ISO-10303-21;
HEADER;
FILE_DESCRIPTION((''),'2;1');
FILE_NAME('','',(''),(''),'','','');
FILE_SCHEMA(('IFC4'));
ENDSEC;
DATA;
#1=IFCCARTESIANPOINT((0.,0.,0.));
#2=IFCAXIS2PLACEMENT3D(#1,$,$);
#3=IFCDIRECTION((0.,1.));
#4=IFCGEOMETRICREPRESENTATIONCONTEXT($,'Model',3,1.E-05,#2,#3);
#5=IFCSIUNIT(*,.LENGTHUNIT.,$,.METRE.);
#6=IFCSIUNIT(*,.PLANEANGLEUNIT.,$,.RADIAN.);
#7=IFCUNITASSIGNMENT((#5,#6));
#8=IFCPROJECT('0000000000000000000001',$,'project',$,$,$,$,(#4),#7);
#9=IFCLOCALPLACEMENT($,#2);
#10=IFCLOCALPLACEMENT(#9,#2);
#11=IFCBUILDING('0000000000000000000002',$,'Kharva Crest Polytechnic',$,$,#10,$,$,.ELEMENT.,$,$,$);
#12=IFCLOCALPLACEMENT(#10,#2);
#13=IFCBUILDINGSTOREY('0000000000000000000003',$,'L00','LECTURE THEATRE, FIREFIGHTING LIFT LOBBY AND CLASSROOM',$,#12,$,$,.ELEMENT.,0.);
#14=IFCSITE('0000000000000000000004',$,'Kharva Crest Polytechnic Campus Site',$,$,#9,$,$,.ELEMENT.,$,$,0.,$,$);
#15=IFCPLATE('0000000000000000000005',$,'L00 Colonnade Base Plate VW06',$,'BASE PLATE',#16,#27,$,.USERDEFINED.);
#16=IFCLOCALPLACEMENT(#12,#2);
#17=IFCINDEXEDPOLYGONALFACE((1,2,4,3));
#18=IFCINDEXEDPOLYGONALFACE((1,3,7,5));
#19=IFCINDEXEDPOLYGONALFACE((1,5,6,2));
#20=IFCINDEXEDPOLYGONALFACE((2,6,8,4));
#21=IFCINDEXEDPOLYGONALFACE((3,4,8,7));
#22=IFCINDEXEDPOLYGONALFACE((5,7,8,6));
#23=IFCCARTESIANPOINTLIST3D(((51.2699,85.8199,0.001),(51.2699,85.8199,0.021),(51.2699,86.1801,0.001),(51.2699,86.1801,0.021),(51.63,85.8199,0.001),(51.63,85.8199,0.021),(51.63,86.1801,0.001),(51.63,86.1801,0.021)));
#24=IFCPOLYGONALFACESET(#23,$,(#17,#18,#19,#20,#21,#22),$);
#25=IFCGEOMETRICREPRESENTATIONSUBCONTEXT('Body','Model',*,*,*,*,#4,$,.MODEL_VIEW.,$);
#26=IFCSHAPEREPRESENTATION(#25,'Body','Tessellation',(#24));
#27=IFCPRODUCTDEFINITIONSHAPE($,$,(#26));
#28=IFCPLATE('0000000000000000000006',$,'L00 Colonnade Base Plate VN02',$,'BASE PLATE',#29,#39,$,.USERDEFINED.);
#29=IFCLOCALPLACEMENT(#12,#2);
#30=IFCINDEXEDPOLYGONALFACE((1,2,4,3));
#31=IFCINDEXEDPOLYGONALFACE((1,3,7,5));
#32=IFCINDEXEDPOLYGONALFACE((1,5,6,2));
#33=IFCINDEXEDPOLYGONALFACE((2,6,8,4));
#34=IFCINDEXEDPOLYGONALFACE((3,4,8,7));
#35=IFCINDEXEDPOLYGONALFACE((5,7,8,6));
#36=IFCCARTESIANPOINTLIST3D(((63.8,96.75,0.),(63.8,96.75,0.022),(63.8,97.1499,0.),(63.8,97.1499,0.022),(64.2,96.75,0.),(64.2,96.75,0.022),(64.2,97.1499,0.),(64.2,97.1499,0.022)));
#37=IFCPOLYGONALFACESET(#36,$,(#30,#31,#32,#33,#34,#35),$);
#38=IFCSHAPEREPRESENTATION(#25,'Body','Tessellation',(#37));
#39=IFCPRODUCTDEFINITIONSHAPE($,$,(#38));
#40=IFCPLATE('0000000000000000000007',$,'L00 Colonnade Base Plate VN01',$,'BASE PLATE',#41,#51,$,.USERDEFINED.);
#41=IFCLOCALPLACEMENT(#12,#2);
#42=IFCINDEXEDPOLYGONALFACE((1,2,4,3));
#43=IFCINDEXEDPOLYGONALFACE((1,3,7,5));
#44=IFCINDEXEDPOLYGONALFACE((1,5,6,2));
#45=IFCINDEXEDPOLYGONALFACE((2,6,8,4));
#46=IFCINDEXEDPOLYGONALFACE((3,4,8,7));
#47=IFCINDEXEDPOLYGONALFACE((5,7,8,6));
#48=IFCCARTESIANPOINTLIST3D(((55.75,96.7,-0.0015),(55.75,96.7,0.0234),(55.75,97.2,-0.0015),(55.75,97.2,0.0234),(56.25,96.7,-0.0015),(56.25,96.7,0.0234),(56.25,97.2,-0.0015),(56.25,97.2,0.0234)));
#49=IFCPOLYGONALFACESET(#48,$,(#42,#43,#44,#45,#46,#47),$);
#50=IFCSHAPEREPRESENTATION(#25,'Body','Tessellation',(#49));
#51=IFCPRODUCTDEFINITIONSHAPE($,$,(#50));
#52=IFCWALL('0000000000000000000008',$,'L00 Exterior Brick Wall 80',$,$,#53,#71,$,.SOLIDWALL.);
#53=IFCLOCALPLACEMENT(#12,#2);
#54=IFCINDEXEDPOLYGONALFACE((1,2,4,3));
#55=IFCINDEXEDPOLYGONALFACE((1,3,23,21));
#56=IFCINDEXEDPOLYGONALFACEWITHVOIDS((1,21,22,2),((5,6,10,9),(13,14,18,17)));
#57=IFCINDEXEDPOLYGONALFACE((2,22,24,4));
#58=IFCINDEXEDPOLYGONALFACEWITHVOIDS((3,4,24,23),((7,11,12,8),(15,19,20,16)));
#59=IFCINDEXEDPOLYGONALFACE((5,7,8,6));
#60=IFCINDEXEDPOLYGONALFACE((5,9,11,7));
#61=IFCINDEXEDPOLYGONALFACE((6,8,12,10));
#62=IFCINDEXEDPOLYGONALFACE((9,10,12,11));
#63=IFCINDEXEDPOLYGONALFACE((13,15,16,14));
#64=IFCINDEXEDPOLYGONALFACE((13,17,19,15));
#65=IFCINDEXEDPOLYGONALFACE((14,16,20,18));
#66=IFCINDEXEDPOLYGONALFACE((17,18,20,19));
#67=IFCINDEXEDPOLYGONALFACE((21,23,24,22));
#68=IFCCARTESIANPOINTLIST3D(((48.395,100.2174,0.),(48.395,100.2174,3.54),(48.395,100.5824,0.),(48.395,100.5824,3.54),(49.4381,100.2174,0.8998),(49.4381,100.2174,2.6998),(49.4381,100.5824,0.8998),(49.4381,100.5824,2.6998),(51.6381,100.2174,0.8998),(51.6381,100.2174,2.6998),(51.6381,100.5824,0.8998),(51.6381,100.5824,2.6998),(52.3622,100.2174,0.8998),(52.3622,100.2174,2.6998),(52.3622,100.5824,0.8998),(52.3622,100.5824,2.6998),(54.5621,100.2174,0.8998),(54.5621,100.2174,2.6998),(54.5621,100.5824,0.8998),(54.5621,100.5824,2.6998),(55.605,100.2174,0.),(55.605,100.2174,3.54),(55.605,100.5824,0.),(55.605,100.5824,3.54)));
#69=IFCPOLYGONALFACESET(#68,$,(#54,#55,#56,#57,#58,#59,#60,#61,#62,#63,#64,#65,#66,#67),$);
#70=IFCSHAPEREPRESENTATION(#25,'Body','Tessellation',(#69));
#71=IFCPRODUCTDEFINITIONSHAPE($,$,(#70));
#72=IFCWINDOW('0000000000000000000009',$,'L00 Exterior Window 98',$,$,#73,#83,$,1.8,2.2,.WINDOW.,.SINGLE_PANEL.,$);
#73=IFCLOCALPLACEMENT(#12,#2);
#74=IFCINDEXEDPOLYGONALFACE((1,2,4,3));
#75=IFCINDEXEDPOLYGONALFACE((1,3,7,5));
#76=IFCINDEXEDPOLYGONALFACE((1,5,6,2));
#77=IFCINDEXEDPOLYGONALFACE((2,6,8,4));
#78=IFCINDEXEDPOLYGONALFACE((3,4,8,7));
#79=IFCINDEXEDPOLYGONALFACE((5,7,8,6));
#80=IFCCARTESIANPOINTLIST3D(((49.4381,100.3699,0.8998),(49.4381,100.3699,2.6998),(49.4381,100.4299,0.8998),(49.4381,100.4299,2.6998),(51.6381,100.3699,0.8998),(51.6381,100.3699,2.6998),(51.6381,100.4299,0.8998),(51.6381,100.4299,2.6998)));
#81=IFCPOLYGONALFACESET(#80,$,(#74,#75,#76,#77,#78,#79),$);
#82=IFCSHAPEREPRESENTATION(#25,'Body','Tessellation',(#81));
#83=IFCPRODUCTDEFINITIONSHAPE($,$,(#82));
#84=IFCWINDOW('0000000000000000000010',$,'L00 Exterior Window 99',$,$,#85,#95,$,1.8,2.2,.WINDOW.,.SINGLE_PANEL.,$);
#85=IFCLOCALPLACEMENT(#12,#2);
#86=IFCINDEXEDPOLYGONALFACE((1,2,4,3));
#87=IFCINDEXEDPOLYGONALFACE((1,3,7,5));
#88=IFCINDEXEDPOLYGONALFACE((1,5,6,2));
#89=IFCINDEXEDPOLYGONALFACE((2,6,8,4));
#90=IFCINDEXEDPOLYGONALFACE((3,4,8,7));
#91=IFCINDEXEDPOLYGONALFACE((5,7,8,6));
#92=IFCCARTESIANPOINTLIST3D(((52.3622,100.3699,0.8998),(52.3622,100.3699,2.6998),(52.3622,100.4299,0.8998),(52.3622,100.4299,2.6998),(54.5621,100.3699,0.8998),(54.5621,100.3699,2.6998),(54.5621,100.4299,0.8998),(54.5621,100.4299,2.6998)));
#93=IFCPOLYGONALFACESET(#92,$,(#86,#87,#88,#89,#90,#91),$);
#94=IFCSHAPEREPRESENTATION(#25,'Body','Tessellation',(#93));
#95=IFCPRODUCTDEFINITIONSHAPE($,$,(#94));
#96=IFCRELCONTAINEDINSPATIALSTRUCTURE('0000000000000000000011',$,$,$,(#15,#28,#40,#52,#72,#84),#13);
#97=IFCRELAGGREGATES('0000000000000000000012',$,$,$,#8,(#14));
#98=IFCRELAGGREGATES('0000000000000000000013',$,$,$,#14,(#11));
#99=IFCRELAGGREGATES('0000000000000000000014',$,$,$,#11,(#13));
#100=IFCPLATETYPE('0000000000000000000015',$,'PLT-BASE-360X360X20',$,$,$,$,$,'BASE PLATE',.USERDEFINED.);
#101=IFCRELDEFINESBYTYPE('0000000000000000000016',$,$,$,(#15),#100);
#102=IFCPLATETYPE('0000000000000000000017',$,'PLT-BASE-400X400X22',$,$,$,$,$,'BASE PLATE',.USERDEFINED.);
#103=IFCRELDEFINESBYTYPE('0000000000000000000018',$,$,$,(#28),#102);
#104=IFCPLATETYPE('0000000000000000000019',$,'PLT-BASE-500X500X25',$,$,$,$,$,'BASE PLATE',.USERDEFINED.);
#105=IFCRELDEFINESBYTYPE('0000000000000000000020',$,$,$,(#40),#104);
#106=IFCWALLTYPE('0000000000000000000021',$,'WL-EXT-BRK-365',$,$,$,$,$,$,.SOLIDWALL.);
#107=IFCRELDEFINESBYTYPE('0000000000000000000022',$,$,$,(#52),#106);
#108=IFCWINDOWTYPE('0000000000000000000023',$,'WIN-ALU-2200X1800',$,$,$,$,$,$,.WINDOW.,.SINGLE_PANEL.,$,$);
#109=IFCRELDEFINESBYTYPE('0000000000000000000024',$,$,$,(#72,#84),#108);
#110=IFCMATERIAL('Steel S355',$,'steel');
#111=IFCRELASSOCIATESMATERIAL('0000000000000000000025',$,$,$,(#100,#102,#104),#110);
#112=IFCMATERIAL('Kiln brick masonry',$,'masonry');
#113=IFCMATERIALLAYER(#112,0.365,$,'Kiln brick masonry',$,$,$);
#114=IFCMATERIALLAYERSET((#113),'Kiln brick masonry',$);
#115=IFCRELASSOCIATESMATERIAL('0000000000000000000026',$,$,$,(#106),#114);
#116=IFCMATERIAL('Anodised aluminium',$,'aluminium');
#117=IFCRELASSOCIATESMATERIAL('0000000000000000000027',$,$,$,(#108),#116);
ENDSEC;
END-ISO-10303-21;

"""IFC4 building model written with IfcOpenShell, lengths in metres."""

from ifc_helpers import new_model, si_unit, direction, frame, frame_2d, origin, origin_2d, place, context, subcontext, project, spatial, rectangle, extrude, material, layer, layer_set, type_object, element, fill, save


model = new_model("IFC4")

# Units and contexts
model_context = context("Model", 3, precision=1e-05, world=origin(), true_north=direction((0.0, 1.0)))
body_context = subcontext(model_context, "Body", "Model", "MODEL_VIEW")
ifc_project = project(units=[si_unit("LENGTHUNIT", "METRE"), si_unit("PLANEANGLEUNIT", "RADIAN")], contexts=[model_context])

# Site, building, storey
site_placement = place(None, origin())
site = spatial("IfcSite", under=ifc_project, at=site_placement, Name="Kharva Crest Polytechnic Campus Site", CompositionType="ELEMENT", RefElevation=0.0)
building_placement = place(site_placement, origin())
building = spatial("IfcBuilding", under=site, at=building_placement, Name="Kharva Crest Polytechnic", CompositionType="ELEMENT")
storey_placement = place(building_placement, origin())
storey = spatial("IfcBuildingStorey", under=building, at=storey_placement, Name="L00", Description="LECTURE THEATRE, FIREFIGHTING LIFT LOBBY AND CLASSROOM", CompositionType="ELEMENT", Elevation=0.0)

# Shared definitions
ifc_material_1 = material(Name="Steel S355", Category="steel")

# Plates
plate_type_1 = type_object("IfcPlateType", Name="PLT-BASE-360X360X20", ElementType="BASE PLATE", PredefinedType="USERDEFINED", material=ifc_material_1)
plate_1_placement = place(storey_placement, frame((51.45, 86.0, 0.001), z_axis=(0.0, 0.0, 1.0), x_axis=(1.0, 0.0, 0.0)))
element("IfcPlate", 1, at=plate_1_placement, inside=storey, type_object=plate_type_1, Name="L00 Colonnade Base Plate VW06", ObjectType="BASE PLATE", PredefinedType="USERDEFINED", context=body_context, shape_type="SweptSolid", body=[
    extrude(rectangle(XDim=0.3601, YDim=0.3601, at=origin_2d()), origin(), (0.0, 0.0, 1.0), 0.02),
])
plate_type_2 = type_object("IfcPlateType", Name="PLT-BASE-400X400X22", ElementType="BASE PLATE", PredefinedType="USERDEFINED", material=ifc_material_1)
plate_2_placement = place(storey_placement, frame((64.0, 96.95, 0.0), z_axis=(0.0, 0.0, 1.0), x_axis=(1.0, 0.0, 0.0)))
element("IfcPlate", 2, at=plate_2_placement, inside=storey, type_object=plate_type_2, Name="L00 Colonnade Base Plate VN02", ObjectType="BASE PLATE", PredefinedType="USERDEFINED", context=body_context, shape_type="SweptSolid", body=[
    extrude(rectangle(XDim=0.3999, YDim=0.3999, at=origin_2d()), origin(), (0.0, 0.0, 1.0), 0.022),
])
plate_type_3 = type_object("IfcPlateType", Name="PLT-BASE-500X500X25", ElementType="BASE PLATE", PredefinedType="USERDEFINED", material=ifc_material_1)
plate_3_placement = place(storey_placement, frame((56.0, 96.95, -0.0015), z_axis=(0.0, 0.0, 1.0), x_axis=(1.0, 0.0, 0.0)))
element("IfcPlate", 3, at=plate_3_placement, inside=storey, type_object=plate_type_3, Name="L00 Colonnade Base Plate VN01", ObjectType="BASE PLATE", PredefinedType="USERDEFINED", context=body_context, shape_type="SweptSolid", body=[
    extrude(rectangle(XDim=0.5, YDim=0.5, at=origin_2d()), origin(), (0.0, 0.0, 1.0), 0.0249),
])

# Shared definitions
ifc_material_2 = material(Name="Kiln brick masonry", Category="masonry")
ifc_material_3 = material(Name="Anodised aluminium", Category="aluminium")

# Wall, openings, windows
ifc_layer_1 = layer(ifc_material_2, 0.365, Name="Kiln brick masonry")
ifc_layer_set_1 = layer_set([ifc_layer_1], Name="Kiln brick masonry")
wall_type_1 = type_object("IfcWallType", Name="WL-EXT-BRK-365", PredefinedType="SOLIDWALL", material=ifc_layer_set_1)
wall_1_placement = place(storey_placement, frame((48.395, 100.3999, 0.0), z_axis=(0.0, 0.0, 1.0), x_axis=(1.0, 0.0, 0.0)))
wall_1 = element("IfcWall", 4, at=wall_1_placement, inside=storey, type_object=wall_type_1, Name="L00 Exterior Brick Wall 80", PredefinedType="SOLIDWALL", context=body_context, shape_type="SweptSolid", body=[
    extrude(rectangle(XDim=7.21, YDim=0.365, at=frame_2d((3.605, 0.0))), origin(), (0.0, 0.0, 1.0), 3.54),
])
opening_1_placement = place(wall_1_placement, frame((1.043, 0.0, 0.8999)))
opening_1 = element("IfcOpeningElement", 5, at=opening_1_placement, cuts=wall_1, PredefinedType="OPENING", context=body_context, shape_type="SweptSolid", body=[
    extrude(rectangle(XDim=2.2, YDim=1.8, at=frame_2d((1.1001, 0.8999))), frame((0.0, 0.1924, 0.0), z_axis=(0.0, -1.0, 0.0), x_axis=(1.0, 0.0, 0.0)), (0.0, 0.0, 1.0), 0.385),
])
opening_2_placement = place(wall_1_placement, frame((3.967, 0.0, 0.8999)))
opening_2 = element("IfcOpeningElement", 6, at=opening_2_placement, cuts=wall_1, PredefinedType="OPENING", context=body_context, shape_type="SweptSolid", body=[
    extrude(rectangle(XDim=2.2, YDim=1.8, at=frame_2d((1.1001, 0.8999))), frame((0.0, 0.1924, 0.0), z_axis=(0.0, -1.0, 0.0), x_axis=(1.0, 0.0, 0.0)), (0.0, 0.0, 1.0), 0.385),
])
window_type = type_object("IfcWindowType", Name="WIN-ALU-2200X1800", PartitioningType="SINGLE_PANEL", PredefinedType="WINDOW", material=ifc_material_3)
window_1_placement = place(opening_1_placement, origin())
window_1 = element("IfcWindow", 7, at=window_1_placement, inside=storey, type_object=window_type, Name="L00 Exterior Window 98", OverallHeight=1.8, OverallWidth=2.2, PartitioningType="SINGLE_PANEL", PredefinedType="WINDOW", context=body_context, shape_type="SweptSolid", body=[
    extrude(rectangle(XDim=2.2, YDim=1.8, at=frame_2d((1.1001, 0.8999))), frame((0.0, 0.03, 0.0), z_axis=(0.0, -1.0, 0.0), x_axis=(1.0, 0.0, 0.0)), (0.0, 0.0, 1.0), 0.0601),
])
fill(opening_1, window_1)
window_2_placement = place(opening_2_placement, origin())
window_2 = element("IfcWindow", 8, at=window_2_placement, inside=storey, type_object=window_type, Name="L00 Exterior Window 99", OverallHeight=1.8, OverallWidth=2.2, PartitioningType="SINGLE_PANEL", PredefinedType="WINDOW", context=body_context, shape_type="SweptSolid", body=[
    extrude(rectangle(XDim=2.2, YDim=1.8, at=frame_2d((1.1001, 0.8999))), frame((0.0, 0.03, 0.0), z_axis=(0.0, -1.0, 0.0), x_axis=(1.0, 0.0, 0.0)), (0.0, 0.0, 1.0), 0.0601),
])
fill(opening_2, window_2)

save(model, "model.ifc")
